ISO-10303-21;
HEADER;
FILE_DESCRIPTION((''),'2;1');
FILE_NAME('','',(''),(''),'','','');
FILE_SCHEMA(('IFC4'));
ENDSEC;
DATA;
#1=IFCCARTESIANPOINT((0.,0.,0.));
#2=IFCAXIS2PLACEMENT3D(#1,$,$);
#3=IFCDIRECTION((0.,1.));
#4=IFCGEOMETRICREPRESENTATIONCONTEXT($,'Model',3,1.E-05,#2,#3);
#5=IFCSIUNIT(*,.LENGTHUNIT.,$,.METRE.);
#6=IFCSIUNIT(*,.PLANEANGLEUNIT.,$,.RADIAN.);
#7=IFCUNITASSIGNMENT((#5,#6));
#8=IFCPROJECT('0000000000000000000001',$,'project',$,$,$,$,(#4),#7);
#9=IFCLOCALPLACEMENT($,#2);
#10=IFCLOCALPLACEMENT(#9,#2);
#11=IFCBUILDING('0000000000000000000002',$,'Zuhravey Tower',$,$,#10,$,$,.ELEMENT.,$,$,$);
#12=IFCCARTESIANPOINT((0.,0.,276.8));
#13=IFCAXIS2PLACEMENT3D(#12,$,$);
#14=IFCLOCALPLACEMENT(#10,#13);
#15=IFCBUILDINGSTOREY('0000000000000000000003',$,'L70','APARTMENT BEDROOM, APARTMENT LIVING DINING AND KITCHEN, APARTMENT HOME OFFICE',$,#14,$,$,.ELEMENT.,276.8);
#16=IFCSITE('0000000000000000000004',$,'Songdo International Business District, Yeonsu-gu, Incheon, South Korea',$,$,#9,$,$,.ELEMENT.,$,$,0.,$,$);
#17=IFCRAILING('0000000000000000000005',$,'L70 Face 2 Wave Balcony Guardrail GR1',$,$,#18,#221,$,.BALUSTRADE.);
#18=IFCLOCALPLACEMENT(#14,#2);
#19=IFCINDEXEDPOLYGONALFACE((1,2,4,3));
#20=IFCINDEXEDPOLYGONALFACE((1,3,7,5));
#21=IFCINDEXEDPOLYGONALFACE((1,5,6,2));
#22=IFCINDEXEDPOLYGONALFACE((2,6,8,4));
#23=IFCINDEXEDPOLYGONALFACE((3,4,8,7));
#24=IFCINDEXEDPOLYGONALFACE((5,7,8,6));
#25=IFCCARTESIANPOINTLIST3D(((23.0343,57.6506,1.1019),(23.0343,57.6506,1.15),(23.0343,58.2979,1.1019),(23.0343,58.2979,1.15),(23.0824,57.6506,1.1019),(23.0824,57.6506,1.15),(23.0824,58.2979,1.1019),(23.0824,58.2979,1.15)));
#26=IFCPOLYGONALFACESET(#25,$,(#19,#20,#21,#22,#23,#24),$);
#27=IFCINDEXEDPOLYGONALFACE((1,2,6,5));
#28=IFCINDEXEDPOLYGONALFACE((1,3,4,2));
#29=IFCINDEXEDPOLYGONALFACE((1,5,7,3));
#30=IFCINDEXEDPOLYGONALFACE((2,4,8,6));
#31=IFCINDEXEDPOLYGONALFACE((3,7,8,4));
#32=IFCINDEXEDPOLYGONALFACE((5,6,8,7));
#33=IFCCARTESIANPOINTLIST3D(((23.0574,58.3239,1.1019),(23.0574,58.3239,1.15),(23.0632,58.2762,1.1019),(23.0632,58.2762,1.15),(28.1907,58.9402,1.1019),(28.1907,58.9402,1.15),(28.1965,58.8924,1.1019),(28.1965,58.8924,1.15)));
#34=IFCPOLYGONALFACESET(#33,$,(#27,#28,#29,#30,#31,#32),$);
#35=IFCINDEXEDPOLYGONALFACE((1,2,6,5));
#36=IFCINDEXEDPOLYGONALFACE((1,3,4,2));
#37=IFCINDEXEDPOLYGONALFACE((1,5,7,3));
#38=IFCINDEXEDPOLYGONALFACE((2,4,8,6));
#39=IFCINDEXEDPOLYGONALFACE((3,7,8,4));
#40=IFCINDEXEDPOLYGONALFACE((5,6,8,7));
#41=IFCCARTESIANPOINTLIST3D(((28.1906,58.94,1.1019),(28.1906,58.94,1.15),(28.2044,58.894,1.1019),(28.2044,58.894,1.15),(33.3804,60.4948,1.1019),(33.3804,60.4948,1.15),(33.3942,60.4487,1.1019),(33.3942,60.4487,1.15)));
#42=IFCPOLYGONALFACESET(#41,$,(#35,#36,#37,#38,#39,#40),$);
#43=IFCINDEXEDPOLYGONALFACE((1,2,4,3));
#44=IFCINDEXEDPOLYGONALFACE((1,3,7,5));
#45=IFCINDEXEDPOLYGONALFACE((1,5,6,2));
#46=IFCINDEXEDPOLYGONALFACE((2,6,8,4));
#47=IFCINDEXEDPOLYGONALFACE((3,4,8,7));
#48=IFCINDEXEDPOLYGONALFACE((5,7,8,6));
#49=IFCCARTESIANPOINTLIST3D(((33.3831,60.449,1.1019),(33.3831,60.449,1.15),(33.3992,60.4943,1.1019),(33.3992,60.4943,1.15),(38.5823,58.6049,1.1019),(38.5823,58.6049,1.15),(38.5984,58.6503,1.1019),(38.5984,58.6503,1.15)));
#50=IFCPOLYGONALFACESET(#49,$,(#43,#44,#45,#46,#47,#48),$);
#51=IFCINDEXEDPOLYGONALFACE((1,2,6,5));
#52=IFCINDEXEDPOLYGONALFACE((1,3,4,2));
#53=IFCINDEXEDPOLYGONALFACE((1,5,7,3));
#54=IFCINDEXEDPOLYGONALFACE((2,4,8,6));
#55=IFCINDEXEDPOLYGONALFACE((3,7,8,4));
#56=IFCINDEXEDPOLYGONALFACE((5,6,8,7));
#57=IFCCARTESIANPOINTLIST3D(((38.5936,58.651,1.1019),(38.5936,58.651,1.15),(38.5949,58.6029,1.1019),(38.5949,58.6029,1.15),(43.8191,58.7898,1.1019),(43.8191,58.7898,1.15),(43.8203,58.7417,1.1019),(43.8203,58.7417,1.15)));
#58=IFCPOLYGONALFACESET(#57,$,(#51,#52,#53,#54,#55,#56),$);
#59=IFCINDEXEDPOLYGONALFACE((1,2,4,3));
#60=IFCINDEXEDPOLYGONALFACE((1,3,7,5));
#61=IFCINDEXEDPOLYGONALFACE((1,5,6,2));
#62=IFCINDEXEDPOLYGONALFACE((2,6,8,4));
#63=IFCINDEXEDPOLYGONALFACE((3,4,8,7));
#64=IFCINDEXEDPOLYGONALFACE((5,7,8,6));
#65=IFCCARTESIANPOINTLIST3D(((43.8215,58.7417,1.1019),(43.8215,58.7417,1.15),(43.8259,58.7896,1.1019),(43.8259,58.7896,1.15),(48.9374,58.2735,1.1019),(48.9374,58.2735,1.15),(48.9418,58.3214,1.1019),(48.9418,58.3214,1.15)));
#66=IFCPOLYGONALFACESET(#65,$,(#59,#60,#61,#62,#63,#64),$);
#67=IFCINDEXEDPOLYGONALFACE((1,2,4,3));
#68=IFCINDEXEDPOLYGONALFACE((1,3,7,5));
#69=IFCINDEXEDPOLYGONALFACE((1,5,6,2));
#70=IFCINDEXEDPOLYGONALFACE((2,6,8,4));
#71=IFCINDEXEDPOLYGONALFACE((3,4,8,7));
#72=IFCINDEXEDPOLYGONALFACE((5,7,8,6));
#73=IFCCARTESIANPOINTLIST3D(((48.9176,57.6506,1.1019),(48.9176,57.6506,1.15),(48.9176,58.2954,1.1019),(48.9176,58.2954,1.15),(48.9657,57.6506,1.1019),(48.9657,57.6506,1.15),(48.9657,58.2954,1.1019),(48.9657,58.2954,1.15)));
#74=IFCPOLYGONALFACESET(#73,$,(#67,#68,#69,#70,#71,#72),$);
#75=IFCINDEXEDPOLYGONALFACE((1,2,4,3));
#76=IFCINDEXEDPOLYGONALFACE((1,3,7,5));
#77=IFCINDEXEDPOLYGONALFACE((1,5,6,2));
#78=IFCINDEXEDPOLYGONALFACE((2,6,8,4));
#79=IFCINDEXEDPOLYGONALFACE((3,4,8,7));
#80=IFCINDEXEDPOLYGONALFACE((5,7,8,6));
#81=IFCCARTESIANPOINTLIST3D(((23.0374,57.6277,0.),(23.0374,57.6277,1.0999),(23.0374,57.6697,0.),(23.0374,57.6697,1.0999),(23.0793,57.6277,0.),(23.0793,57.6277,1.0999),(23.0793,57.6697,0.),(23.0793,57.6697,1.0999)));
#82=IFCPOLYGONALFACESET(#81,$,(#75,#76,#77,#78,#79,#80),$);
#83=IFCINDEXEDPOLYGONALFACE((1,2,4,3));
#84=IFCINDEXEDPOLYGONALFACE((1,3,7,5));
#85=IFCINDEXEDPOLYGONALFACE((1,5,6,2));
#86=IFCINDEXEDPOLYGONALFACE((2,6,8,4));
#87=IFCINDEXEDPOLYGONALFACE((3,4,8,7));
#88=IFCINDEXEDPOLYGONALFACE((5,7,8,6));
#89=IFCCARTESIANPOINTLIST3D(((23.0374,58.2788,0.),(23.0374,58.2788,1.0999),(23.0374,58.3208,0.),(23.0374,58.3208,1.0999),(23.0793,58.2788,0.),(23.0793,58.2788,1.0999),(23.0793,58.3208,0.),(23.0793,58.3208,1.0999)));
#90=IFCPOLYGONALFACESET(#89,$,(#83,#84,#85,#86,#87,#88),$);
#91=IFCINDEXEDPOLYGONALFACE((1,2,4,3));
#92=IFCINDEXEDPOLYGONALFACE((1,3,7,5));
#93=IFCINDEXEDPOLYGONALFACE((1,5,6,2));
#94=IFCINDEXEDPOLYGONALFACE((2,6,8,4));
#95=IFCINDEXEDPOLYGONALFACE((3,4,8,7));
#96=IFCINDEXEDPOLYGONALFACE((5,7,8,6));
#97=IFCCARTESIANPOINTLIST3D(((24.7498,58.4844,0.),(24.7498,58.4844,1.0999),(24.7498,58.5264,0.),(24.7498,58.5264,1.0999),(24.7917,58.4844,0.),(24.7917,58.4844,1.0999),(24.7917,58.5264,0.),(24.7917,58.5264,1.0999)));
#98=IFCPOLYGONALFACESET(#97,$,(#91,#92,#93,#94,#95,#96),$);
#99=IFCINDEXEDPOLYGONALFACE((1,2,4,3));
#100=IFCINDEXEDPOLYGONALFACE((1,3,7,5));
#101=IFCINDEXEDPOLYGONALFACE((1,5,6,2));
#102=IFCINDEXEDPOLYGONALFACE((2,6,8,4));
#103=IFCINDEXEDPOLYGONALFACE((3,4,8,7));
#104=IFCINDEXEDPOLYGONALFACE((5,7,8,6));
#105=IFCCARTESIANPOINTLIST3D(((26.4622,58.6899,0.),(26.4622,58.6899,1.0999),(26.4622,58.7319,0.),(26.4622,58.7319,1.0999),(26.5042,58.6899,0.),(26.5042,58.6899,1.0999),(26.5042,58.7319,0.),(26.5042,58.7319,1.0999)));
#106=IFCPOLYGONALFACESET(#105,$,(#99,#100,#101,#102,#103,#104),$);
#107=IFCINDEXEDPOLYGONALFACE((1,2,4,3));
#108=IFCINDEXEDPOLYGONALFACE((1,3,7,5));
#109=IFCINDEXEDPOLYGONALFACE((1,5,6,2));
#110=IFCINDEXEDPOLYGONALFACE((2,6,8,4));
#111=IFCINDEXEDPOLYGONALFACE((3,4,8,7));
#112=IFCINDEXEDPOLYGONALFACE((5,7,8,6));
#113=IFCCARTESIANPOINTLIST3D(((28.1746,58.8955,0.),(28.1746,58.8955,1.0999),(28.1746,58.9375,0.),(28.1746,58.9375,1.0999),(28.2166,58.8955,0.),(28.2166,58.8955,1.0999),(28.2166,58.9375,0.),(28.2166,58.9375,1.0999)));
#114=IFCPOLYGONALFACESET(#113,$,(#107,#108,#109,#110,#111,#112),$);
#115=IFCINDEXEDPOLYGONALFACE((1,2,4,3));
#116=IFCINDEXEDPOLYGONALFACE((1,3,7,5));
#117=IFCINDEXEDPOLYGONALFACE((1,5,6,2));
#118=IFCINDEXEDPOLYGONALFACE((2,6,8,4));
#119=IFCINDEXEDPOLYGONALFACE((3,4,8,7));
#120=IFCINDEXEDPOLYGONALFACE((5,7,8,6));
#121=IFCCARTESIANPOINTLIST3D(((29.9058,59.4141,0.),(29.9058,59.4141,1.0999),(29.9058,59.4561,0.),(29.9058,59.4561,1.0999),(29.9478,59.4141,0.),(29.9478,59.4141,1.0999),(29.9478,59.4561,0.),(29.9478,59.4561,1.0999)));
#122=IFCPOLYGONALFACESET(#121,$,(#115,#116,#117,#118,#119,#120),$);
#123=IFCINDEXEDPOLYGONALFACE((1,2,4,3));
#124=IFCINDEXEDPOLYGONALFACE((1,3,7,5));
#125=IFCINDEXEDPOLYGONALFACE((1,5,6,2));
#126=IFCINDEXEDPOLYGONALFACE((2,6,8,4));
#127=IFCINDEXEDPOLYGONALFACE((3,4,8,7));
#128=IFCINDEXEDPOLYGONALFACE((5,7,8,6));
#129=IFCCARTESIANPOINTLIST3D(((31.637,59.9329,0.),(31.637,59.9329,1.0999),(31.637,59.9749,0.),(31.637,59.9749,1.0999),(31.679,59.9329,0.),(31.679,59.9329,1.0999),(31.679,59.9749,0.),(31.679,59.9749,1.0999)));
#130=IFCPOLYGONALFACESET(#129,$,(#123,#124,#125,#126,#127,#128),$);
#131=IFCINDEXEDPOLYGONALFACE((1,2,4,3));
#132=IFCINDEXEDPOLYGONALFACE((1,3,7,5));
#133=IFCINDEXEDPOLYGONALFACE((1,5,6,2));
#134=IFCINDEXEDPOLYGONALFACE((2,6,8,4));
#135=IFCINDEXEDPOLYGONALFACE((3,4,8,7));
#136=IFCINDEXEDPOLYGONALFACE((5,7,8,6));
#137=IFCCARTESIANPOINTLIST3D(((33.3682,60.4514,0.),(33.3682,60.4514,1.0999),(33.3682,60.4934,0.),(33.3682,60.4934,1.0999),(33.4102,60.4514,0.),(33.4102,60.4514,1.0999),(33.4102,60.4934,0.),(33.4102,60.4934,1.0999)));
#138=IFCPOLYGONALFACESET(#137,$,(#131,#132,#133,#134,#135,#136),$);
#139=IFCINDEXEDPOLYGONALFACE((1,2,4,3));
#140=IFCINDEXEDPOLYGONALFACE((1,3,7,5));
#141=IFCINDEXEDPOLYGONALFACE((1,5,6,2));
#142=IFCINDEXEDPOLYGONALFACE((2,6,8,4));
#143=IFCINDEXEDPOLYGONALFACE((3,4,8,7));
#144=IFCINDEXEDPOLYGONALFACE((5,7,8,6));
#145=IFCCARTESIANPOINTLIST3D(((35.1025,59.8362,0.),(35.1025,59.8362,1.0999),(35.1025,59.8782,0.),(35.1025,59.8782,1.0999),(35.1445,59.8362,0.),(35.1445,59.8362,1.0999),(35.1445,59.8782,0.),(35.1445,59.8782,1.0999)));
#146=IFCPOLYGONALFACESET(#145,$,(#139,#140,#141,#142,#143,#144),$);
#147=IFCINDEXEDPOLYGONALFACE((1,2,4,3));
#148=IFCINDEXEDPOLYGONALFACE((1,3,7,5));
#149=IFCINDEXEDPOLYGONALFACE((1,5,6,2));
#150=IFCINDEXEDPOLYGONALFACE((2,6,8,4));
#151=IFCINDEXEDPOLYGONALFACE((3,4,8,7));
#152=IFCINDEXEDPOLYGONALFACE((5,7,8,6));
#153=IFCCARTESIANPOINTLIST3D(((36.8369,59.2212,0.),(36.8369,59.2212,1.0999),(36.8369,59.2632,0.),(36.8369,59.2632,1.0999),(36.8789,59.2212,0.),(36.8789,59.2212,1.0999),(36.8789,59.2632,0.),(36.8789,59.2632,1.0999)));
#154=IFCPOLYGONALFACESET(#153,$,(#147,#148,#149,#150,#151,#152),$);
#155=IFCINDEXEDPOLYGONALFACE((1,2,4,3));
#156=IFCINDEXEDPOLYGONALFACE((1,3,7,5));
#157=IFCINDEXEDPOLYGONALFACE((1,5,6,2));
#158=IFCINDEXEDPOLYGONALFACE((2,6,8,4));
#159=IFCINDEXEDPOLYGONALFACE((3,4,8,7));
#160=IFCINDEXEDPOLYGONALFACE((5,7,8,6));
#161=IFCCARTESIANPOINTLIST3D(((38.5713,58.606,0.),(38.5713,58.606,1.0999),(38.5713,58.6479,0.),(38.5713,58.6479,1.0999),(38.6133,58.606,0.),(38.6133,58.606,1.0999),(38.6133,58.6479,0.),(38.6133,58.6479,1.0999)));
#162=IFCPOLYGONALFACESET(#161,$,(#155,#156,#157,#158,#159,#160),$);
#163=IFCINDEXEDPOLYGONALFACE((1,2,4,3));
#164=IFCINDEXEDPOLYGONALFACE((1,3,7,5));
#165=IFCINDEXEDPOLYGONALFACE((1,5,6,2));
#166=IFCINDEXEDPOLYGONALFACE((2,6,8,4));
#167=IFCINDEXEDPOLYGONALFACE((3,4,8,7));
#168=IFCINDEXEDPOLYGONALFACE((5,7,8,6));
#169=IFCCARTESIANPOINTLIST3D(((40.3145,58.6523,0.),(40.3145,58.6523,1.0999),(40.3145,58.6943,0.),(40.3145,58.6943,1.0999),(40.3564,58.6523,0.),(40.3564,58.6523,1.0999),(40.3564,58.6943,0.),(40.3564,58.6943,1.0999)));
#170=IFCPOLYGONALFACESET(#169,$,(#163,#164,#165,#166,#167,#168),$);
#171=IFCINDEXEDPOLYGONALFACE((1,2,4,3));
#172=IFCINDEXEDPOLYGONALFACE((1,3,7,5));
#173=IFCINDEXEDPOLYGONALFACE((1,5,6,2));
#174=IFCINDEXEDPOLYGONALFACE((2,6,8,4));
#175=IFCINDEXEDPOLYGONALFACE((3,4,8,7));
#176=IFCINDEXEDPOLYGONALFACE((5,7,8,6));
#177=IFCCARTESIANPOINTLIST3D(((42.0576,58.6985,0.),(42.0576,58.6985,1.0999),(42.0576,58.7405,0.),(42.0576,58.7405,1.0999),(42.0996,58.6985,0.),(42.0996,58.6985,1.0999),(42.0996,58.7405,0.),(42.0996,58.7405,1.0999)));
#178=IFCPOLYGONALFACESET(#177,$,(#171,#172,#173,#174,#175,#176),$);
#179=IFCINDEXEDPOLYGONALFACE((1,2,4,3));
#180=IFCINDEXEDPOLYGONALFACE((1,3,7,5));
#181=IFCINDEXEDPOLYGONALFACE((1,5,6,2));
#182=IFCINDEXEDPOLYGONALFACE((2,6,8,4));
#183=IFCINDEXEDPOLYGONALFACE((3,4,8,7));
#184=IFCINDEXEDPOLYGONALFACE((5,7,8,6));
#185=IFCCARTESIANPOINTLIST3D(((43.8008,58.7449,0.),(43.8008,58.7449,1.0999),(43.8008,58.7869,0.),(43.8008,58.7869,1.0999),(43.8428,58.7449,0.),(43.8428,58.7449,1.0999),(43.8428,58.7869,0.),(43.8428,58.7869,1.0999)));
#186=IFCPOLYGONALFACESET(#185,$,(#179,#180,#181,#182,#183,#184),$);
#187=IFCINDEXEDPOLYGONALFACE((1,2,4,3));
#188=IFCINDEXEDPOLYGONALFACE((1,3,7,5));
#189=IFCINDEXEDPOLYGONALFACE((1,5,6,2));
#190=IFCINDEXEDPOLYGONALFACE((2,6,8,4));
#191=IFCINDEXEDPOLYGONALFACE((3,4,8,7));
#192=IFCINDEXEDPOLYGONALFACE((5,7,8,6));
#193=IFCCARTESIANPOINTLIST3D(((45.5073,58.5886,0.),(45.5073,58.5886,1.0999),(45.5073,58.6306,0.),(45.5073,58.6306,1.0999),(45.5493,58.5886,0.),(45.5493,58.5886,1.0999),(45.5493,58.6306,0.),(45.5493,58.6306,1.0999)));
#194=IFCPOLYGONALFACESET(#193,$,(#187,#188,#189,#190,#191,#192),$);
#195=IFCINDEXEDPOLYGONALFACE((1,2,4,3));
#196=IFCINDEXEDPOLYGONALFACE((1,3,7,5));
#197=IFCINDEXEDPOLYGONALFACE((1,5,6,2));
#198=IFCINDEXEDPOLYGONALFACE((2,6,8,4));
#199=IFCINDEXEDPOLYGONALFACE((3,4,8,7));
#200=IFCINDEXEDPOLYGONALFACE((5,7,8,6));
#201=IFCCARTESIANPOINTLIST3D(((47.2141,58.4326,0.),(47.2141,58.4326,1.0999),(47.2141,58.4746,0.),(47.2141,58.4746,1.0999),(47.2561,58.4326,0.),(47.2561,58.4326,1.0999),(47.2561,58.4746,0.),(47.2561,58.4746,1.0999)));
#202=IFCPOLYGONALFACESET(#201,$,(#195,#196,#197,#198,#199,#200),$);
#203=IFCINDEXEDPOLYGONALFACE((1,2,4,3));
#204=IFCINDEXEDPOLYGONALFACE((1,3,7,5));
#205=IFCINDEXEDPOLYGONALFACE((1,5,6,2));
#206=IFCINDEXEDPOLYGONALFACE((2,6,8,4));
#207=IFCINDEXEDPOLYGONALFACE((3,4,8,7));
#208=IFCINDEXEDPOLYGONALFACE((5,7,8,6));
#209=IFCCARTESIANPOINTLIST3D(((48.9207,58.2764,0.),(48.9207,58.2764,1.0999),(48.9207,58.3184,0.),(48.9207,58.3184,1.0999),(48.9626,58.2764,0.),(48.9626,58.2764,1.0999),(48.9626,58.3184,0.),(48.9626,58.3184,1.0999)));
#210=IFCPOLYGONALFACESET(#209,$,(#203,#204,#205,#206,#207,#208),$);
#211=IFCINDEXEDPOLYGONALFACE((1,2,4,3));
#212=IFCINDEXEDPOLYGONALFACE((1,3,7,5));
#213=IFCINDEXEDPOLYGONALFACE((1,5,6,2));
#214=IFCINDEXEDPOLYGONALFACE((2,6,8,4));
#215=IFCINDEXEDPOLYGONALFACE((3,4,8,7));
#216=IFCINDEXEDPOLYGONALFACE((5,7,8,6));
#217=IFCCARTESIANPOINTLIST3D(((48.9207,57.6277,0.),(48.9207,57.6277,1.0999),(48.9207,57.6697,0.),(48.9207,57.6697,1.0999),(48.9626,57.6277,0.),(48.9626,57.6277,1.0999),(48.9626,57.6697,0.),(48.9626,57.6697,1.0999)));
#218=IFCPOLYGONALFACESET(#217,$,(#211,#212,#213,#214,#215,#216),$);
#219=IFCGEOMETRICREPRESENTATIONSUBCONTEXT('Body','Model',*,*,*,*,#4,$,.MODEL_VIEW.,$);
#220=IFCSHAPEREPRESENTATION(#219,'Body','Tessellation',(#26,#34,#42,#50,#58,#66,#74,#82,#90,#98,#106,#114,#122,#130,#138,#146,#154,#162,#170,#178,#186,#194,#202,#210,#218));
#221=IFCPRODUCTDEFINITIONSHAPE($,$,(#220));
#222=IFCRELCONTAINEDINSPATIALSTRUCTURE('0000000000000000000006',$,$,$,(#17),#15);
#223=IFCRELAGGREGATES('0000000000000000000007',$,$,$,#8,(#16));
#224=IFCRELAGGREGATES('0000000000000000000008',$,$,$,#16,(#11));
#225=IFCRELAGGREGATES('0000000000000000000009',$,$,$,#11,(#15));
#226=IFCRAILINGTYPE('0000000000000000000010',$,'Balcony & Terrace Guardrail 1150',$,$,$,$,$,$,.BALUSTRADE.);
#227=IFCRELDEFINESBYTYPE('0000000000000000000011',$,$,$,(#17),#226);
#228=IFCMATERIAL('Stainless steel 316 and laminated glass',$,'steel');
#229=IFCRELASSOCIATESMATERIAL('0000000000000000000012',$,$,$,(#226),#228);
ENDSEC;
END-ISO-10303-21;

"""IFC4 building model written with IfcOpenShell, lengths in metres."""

from ifc_helpers import new_model, si_unit, direction, frame, origin, origin_2d, place, context, subcontext, project, spatial, rectangle, extrude, material, type_object, element, save


model = new_model("IFC4")

# Units and contexts
model_context = context("Model", 3, precision=1e-05, world=origin(), true_north=direction((0.0, 1.0)))
body_context = subcontext(model_context, "Body", "Model", "MODEL_VIEW")
ifc_project = project(units=[si_unit("LENGTHUNIT", "METRE"), si_unit("PLANEANGLEUNIT", "RADIAN")], contexts=[model_context])

# Site, building, storey
site_placement = place(None, origin())
site = spatial("IfcSite", under=ifc_project, at=site_placement, Name="Songdo International Business District, Yeonsu-gu, Incheon, South Korea", CompositionType="ELEMENT", RefElevation=0.0)
building_placement = place(site_placement, origin())
building = spatial("IfcBuilding", under=site, at=building_placement, Name="Zuhravey Tower", CompositionType="ELEMENT")
storey_placement = place(building_placement, frame((0.0, 0.0, 276.8)))
storey = spatial("IfcBuildingStorey", under=building, at=storey_placement, Name="L70", Description="APARTMENT BEDROOM, APARTMENT LIVING DINING AND KITCHEN, APARTMENT HOME OFFICE", CompositionType="ELEMENT", Elevation=276.8)

# Railing
ifc_material_1 = material(Name="Stainless steel 316 and laminated glass", Category="steel")
railing_type = type_object("IfcRailingType", Name="Balcony & Terrace Guardrail 1150", PredefinedType="BALUSTRADE", material=ifc_material_1)
railing_placement = place(storey_placement, frame((23.0583, 57.6487, 0.0)))
element("IfcRailing", 1, at=railing_placement, inside=storey, type_object=railing_type, Name="L70 Face 2 Wave Balcony Guardrail GR1", PredefinedType="BALUSTRADE", context=body_context, shape_type="SweptSolid", body=[
    extrude(rectangle(XDim=0.0481, YDim=0.0481, at=origin_2d()), frame((0.0, 0.002, 1.126), z_axis=(0.0, 1.0, 0.0), x_axis=(-1.0, 0.0, 0.0)), (0.0, 0.0, 1.0), 0.6472),
    extrude(rectangle(XDim=0.0481, YDim=0.0481, at=origin_2d()), frame((0.002, 0.6514, 1.126), z_axis=(0.992871, 0.11919, 0.0), x_axis=(-0.11919, 0.992871, 0.0)), (0.0, 0.0, 1.0), 5.1702),
    extrude(rectangle(XDim=0.0481, YDim=0.0481, at=origin_2d()), frame((5.1392, 1.2683, 1.126), z_axis=(0.957937, 0.28698, 0.0), x_axis=(-0.28698, 0.957937, 0.0)), (0.0, 0.0, 1.0), 5.4177),
    extrude(rectangle(XDim=0.0481, YDim=0.0481, at=origin_2d()), frame((10.3328, 2.823, 1.126), z_axis=(0.942474, -0.334279, 0.0), x_axis=(0.334279, 0.942474, 0.0)), (0.0, 0.0, 1.0), 5.5166),
    extrude(rectangle(XDim=0.0481, YDim=0.0481, at=origin_2d()), frame((15.5359, 0.9783, 1.126), z_axis=(0.999647, 0.026555, 0.0), x_axis=(-0.026555, 0.999647, 0.0)), (0.0, 0.0, 1.0), 5.2273),
    extrude(rectangle(XDim=0.0481, YDim=0.0481, at=origin_2d()), frame((20.7654, 1.1169, 1.126), z_axis=(0.995839, -0.091127, 0.0), x_axis=(0.091127, 0.995839, 0.0)), (0.0, 0.0, 1.0), 5.1372),
    extrude(rectangle(XDim=0.0481, YDim=0.0481, at=origin_2d()), frame((25.8833, 0.6467, 1.126), z_axis=(0.0, -1.0, 0.0), x_axis=(1.0, 0.0, 0.0)), (0.0, 0.0, 1.0), 0.6448),
    extrude(rectangle(XDim=0.042, YDim=0.042, at=origin_2d()), origin(), (0.0, 0.0, 1.0), 1.0999),
    extrude(rectangle(XDim=0.042, YDim=0.042, at=origin_2d()), frame((0.0, 0.6511, 0.0)), (0.0, 0.0, 1.0), 1.0999),
    extrude(rectangle(XDim=0.042, YDim=0.042, at=origin_2d()), frame((1.7124, 0.8567, 0.0)), (0.0, 0.0, 1.0), 1.0999),
    extrude(rectangle(XDim=0.042, YDim=0.042, at=origin_2d()), frame((3.4248, 1.0623, 0.0)), (0.0, 0.0, 1.0), 1.0999),
    extrude(rectangle(XDim=0.042, YDim=0.042, at=origin_2d()), frame((5.1372, 1.2678, 0.0)), (0.0, 0.0, 1.0), 1.0999),
    extrude(rectangle(XDim=0.042, YDim=0.042, at=origin_2d()), frame((6.8684, 1.7864, 0.0)), (0.0, 0.0, 1.0), 1.0999),
    extrude(rectangle(XDim=0.042, YDim=0.042, at=origin_2d()), frame((8.5996, 2.3052, 0.0)), (0.0, 0.0, 1.0), 1.0999),
    extrude(rectangle(XDim=0.042, YDim=0.042, at=origin_2d()), frame((10.3308, 2.8237, 0.0)), (0.0, 0.0, 1.0), 1.0999),
    extrude(rectangle(XDim=0.042, YDim=0.042, at=origin_2d()), frame((12.0652, 2.2085, 0.0)), (0.0, 0.0, 1.0), 1.0999),
    extrude(rectangle(XDim=0.042, YDim=0.042, at=origin_2d()), frame((13.7996, 1.5935, 0.0)), (0.0, 0.0, 1.0), 1.0999),
    extrude(rectangle(XDim=0.042, YDim=0.042, at=origin_2d()), frame((15.5339, 0.9783, 0.0)), (0.0, 0.0, 1.0), 1.0999),
    extrude(rectangle(XDim=0.042, YDim=0.042, at=origin_2d()), frame((17.2771, 1.0247, 0.0)), (0.0, 0.0, 1.0), 1.0999),
    extrude(rectangle(XDim=0.042, YDim=0.042, at=origin_2d()), frame((19.0203, 1.0708, 0.0)), (0.0, 0.0, 1.0), 1.0999),
    extrude(rectangle(XDim=0.042, YDim=0.042, at=origin_2d()), frame((20.7634, 1.1172, 0.0)), (0.0, 0.0, 1.0), 1.0999),
    extrude(rectangle(XDim=0.042, YDim=0.042, at=origin_2d()), frame((22.47, 0.9609, 0.0)), (0.0, 0.0, 1.0), 1.0999),
    extrude(rectangle(XDim=0.042, YDim=0.042, at=origin_2d()), frame((24.1768, 0.8049, 0.0)), (0.0, 0.0, 1.0), 1.0999),
    extrude(rectangle(XDim=0.042, YDim=0.042, at=origin_2d()), frame((25.8833, 0.6487, 0.0)), (0.0, 0.0, 1.0), 1.0999),
    extrude(rectangle(XDim=0.042, YDim=0.042, at=origin_2d()), frame((25.8833, 0.0, 0.0)), (0.0, 0.0, 1.0), 1.0999),
])

save(model, "model.ifc")
